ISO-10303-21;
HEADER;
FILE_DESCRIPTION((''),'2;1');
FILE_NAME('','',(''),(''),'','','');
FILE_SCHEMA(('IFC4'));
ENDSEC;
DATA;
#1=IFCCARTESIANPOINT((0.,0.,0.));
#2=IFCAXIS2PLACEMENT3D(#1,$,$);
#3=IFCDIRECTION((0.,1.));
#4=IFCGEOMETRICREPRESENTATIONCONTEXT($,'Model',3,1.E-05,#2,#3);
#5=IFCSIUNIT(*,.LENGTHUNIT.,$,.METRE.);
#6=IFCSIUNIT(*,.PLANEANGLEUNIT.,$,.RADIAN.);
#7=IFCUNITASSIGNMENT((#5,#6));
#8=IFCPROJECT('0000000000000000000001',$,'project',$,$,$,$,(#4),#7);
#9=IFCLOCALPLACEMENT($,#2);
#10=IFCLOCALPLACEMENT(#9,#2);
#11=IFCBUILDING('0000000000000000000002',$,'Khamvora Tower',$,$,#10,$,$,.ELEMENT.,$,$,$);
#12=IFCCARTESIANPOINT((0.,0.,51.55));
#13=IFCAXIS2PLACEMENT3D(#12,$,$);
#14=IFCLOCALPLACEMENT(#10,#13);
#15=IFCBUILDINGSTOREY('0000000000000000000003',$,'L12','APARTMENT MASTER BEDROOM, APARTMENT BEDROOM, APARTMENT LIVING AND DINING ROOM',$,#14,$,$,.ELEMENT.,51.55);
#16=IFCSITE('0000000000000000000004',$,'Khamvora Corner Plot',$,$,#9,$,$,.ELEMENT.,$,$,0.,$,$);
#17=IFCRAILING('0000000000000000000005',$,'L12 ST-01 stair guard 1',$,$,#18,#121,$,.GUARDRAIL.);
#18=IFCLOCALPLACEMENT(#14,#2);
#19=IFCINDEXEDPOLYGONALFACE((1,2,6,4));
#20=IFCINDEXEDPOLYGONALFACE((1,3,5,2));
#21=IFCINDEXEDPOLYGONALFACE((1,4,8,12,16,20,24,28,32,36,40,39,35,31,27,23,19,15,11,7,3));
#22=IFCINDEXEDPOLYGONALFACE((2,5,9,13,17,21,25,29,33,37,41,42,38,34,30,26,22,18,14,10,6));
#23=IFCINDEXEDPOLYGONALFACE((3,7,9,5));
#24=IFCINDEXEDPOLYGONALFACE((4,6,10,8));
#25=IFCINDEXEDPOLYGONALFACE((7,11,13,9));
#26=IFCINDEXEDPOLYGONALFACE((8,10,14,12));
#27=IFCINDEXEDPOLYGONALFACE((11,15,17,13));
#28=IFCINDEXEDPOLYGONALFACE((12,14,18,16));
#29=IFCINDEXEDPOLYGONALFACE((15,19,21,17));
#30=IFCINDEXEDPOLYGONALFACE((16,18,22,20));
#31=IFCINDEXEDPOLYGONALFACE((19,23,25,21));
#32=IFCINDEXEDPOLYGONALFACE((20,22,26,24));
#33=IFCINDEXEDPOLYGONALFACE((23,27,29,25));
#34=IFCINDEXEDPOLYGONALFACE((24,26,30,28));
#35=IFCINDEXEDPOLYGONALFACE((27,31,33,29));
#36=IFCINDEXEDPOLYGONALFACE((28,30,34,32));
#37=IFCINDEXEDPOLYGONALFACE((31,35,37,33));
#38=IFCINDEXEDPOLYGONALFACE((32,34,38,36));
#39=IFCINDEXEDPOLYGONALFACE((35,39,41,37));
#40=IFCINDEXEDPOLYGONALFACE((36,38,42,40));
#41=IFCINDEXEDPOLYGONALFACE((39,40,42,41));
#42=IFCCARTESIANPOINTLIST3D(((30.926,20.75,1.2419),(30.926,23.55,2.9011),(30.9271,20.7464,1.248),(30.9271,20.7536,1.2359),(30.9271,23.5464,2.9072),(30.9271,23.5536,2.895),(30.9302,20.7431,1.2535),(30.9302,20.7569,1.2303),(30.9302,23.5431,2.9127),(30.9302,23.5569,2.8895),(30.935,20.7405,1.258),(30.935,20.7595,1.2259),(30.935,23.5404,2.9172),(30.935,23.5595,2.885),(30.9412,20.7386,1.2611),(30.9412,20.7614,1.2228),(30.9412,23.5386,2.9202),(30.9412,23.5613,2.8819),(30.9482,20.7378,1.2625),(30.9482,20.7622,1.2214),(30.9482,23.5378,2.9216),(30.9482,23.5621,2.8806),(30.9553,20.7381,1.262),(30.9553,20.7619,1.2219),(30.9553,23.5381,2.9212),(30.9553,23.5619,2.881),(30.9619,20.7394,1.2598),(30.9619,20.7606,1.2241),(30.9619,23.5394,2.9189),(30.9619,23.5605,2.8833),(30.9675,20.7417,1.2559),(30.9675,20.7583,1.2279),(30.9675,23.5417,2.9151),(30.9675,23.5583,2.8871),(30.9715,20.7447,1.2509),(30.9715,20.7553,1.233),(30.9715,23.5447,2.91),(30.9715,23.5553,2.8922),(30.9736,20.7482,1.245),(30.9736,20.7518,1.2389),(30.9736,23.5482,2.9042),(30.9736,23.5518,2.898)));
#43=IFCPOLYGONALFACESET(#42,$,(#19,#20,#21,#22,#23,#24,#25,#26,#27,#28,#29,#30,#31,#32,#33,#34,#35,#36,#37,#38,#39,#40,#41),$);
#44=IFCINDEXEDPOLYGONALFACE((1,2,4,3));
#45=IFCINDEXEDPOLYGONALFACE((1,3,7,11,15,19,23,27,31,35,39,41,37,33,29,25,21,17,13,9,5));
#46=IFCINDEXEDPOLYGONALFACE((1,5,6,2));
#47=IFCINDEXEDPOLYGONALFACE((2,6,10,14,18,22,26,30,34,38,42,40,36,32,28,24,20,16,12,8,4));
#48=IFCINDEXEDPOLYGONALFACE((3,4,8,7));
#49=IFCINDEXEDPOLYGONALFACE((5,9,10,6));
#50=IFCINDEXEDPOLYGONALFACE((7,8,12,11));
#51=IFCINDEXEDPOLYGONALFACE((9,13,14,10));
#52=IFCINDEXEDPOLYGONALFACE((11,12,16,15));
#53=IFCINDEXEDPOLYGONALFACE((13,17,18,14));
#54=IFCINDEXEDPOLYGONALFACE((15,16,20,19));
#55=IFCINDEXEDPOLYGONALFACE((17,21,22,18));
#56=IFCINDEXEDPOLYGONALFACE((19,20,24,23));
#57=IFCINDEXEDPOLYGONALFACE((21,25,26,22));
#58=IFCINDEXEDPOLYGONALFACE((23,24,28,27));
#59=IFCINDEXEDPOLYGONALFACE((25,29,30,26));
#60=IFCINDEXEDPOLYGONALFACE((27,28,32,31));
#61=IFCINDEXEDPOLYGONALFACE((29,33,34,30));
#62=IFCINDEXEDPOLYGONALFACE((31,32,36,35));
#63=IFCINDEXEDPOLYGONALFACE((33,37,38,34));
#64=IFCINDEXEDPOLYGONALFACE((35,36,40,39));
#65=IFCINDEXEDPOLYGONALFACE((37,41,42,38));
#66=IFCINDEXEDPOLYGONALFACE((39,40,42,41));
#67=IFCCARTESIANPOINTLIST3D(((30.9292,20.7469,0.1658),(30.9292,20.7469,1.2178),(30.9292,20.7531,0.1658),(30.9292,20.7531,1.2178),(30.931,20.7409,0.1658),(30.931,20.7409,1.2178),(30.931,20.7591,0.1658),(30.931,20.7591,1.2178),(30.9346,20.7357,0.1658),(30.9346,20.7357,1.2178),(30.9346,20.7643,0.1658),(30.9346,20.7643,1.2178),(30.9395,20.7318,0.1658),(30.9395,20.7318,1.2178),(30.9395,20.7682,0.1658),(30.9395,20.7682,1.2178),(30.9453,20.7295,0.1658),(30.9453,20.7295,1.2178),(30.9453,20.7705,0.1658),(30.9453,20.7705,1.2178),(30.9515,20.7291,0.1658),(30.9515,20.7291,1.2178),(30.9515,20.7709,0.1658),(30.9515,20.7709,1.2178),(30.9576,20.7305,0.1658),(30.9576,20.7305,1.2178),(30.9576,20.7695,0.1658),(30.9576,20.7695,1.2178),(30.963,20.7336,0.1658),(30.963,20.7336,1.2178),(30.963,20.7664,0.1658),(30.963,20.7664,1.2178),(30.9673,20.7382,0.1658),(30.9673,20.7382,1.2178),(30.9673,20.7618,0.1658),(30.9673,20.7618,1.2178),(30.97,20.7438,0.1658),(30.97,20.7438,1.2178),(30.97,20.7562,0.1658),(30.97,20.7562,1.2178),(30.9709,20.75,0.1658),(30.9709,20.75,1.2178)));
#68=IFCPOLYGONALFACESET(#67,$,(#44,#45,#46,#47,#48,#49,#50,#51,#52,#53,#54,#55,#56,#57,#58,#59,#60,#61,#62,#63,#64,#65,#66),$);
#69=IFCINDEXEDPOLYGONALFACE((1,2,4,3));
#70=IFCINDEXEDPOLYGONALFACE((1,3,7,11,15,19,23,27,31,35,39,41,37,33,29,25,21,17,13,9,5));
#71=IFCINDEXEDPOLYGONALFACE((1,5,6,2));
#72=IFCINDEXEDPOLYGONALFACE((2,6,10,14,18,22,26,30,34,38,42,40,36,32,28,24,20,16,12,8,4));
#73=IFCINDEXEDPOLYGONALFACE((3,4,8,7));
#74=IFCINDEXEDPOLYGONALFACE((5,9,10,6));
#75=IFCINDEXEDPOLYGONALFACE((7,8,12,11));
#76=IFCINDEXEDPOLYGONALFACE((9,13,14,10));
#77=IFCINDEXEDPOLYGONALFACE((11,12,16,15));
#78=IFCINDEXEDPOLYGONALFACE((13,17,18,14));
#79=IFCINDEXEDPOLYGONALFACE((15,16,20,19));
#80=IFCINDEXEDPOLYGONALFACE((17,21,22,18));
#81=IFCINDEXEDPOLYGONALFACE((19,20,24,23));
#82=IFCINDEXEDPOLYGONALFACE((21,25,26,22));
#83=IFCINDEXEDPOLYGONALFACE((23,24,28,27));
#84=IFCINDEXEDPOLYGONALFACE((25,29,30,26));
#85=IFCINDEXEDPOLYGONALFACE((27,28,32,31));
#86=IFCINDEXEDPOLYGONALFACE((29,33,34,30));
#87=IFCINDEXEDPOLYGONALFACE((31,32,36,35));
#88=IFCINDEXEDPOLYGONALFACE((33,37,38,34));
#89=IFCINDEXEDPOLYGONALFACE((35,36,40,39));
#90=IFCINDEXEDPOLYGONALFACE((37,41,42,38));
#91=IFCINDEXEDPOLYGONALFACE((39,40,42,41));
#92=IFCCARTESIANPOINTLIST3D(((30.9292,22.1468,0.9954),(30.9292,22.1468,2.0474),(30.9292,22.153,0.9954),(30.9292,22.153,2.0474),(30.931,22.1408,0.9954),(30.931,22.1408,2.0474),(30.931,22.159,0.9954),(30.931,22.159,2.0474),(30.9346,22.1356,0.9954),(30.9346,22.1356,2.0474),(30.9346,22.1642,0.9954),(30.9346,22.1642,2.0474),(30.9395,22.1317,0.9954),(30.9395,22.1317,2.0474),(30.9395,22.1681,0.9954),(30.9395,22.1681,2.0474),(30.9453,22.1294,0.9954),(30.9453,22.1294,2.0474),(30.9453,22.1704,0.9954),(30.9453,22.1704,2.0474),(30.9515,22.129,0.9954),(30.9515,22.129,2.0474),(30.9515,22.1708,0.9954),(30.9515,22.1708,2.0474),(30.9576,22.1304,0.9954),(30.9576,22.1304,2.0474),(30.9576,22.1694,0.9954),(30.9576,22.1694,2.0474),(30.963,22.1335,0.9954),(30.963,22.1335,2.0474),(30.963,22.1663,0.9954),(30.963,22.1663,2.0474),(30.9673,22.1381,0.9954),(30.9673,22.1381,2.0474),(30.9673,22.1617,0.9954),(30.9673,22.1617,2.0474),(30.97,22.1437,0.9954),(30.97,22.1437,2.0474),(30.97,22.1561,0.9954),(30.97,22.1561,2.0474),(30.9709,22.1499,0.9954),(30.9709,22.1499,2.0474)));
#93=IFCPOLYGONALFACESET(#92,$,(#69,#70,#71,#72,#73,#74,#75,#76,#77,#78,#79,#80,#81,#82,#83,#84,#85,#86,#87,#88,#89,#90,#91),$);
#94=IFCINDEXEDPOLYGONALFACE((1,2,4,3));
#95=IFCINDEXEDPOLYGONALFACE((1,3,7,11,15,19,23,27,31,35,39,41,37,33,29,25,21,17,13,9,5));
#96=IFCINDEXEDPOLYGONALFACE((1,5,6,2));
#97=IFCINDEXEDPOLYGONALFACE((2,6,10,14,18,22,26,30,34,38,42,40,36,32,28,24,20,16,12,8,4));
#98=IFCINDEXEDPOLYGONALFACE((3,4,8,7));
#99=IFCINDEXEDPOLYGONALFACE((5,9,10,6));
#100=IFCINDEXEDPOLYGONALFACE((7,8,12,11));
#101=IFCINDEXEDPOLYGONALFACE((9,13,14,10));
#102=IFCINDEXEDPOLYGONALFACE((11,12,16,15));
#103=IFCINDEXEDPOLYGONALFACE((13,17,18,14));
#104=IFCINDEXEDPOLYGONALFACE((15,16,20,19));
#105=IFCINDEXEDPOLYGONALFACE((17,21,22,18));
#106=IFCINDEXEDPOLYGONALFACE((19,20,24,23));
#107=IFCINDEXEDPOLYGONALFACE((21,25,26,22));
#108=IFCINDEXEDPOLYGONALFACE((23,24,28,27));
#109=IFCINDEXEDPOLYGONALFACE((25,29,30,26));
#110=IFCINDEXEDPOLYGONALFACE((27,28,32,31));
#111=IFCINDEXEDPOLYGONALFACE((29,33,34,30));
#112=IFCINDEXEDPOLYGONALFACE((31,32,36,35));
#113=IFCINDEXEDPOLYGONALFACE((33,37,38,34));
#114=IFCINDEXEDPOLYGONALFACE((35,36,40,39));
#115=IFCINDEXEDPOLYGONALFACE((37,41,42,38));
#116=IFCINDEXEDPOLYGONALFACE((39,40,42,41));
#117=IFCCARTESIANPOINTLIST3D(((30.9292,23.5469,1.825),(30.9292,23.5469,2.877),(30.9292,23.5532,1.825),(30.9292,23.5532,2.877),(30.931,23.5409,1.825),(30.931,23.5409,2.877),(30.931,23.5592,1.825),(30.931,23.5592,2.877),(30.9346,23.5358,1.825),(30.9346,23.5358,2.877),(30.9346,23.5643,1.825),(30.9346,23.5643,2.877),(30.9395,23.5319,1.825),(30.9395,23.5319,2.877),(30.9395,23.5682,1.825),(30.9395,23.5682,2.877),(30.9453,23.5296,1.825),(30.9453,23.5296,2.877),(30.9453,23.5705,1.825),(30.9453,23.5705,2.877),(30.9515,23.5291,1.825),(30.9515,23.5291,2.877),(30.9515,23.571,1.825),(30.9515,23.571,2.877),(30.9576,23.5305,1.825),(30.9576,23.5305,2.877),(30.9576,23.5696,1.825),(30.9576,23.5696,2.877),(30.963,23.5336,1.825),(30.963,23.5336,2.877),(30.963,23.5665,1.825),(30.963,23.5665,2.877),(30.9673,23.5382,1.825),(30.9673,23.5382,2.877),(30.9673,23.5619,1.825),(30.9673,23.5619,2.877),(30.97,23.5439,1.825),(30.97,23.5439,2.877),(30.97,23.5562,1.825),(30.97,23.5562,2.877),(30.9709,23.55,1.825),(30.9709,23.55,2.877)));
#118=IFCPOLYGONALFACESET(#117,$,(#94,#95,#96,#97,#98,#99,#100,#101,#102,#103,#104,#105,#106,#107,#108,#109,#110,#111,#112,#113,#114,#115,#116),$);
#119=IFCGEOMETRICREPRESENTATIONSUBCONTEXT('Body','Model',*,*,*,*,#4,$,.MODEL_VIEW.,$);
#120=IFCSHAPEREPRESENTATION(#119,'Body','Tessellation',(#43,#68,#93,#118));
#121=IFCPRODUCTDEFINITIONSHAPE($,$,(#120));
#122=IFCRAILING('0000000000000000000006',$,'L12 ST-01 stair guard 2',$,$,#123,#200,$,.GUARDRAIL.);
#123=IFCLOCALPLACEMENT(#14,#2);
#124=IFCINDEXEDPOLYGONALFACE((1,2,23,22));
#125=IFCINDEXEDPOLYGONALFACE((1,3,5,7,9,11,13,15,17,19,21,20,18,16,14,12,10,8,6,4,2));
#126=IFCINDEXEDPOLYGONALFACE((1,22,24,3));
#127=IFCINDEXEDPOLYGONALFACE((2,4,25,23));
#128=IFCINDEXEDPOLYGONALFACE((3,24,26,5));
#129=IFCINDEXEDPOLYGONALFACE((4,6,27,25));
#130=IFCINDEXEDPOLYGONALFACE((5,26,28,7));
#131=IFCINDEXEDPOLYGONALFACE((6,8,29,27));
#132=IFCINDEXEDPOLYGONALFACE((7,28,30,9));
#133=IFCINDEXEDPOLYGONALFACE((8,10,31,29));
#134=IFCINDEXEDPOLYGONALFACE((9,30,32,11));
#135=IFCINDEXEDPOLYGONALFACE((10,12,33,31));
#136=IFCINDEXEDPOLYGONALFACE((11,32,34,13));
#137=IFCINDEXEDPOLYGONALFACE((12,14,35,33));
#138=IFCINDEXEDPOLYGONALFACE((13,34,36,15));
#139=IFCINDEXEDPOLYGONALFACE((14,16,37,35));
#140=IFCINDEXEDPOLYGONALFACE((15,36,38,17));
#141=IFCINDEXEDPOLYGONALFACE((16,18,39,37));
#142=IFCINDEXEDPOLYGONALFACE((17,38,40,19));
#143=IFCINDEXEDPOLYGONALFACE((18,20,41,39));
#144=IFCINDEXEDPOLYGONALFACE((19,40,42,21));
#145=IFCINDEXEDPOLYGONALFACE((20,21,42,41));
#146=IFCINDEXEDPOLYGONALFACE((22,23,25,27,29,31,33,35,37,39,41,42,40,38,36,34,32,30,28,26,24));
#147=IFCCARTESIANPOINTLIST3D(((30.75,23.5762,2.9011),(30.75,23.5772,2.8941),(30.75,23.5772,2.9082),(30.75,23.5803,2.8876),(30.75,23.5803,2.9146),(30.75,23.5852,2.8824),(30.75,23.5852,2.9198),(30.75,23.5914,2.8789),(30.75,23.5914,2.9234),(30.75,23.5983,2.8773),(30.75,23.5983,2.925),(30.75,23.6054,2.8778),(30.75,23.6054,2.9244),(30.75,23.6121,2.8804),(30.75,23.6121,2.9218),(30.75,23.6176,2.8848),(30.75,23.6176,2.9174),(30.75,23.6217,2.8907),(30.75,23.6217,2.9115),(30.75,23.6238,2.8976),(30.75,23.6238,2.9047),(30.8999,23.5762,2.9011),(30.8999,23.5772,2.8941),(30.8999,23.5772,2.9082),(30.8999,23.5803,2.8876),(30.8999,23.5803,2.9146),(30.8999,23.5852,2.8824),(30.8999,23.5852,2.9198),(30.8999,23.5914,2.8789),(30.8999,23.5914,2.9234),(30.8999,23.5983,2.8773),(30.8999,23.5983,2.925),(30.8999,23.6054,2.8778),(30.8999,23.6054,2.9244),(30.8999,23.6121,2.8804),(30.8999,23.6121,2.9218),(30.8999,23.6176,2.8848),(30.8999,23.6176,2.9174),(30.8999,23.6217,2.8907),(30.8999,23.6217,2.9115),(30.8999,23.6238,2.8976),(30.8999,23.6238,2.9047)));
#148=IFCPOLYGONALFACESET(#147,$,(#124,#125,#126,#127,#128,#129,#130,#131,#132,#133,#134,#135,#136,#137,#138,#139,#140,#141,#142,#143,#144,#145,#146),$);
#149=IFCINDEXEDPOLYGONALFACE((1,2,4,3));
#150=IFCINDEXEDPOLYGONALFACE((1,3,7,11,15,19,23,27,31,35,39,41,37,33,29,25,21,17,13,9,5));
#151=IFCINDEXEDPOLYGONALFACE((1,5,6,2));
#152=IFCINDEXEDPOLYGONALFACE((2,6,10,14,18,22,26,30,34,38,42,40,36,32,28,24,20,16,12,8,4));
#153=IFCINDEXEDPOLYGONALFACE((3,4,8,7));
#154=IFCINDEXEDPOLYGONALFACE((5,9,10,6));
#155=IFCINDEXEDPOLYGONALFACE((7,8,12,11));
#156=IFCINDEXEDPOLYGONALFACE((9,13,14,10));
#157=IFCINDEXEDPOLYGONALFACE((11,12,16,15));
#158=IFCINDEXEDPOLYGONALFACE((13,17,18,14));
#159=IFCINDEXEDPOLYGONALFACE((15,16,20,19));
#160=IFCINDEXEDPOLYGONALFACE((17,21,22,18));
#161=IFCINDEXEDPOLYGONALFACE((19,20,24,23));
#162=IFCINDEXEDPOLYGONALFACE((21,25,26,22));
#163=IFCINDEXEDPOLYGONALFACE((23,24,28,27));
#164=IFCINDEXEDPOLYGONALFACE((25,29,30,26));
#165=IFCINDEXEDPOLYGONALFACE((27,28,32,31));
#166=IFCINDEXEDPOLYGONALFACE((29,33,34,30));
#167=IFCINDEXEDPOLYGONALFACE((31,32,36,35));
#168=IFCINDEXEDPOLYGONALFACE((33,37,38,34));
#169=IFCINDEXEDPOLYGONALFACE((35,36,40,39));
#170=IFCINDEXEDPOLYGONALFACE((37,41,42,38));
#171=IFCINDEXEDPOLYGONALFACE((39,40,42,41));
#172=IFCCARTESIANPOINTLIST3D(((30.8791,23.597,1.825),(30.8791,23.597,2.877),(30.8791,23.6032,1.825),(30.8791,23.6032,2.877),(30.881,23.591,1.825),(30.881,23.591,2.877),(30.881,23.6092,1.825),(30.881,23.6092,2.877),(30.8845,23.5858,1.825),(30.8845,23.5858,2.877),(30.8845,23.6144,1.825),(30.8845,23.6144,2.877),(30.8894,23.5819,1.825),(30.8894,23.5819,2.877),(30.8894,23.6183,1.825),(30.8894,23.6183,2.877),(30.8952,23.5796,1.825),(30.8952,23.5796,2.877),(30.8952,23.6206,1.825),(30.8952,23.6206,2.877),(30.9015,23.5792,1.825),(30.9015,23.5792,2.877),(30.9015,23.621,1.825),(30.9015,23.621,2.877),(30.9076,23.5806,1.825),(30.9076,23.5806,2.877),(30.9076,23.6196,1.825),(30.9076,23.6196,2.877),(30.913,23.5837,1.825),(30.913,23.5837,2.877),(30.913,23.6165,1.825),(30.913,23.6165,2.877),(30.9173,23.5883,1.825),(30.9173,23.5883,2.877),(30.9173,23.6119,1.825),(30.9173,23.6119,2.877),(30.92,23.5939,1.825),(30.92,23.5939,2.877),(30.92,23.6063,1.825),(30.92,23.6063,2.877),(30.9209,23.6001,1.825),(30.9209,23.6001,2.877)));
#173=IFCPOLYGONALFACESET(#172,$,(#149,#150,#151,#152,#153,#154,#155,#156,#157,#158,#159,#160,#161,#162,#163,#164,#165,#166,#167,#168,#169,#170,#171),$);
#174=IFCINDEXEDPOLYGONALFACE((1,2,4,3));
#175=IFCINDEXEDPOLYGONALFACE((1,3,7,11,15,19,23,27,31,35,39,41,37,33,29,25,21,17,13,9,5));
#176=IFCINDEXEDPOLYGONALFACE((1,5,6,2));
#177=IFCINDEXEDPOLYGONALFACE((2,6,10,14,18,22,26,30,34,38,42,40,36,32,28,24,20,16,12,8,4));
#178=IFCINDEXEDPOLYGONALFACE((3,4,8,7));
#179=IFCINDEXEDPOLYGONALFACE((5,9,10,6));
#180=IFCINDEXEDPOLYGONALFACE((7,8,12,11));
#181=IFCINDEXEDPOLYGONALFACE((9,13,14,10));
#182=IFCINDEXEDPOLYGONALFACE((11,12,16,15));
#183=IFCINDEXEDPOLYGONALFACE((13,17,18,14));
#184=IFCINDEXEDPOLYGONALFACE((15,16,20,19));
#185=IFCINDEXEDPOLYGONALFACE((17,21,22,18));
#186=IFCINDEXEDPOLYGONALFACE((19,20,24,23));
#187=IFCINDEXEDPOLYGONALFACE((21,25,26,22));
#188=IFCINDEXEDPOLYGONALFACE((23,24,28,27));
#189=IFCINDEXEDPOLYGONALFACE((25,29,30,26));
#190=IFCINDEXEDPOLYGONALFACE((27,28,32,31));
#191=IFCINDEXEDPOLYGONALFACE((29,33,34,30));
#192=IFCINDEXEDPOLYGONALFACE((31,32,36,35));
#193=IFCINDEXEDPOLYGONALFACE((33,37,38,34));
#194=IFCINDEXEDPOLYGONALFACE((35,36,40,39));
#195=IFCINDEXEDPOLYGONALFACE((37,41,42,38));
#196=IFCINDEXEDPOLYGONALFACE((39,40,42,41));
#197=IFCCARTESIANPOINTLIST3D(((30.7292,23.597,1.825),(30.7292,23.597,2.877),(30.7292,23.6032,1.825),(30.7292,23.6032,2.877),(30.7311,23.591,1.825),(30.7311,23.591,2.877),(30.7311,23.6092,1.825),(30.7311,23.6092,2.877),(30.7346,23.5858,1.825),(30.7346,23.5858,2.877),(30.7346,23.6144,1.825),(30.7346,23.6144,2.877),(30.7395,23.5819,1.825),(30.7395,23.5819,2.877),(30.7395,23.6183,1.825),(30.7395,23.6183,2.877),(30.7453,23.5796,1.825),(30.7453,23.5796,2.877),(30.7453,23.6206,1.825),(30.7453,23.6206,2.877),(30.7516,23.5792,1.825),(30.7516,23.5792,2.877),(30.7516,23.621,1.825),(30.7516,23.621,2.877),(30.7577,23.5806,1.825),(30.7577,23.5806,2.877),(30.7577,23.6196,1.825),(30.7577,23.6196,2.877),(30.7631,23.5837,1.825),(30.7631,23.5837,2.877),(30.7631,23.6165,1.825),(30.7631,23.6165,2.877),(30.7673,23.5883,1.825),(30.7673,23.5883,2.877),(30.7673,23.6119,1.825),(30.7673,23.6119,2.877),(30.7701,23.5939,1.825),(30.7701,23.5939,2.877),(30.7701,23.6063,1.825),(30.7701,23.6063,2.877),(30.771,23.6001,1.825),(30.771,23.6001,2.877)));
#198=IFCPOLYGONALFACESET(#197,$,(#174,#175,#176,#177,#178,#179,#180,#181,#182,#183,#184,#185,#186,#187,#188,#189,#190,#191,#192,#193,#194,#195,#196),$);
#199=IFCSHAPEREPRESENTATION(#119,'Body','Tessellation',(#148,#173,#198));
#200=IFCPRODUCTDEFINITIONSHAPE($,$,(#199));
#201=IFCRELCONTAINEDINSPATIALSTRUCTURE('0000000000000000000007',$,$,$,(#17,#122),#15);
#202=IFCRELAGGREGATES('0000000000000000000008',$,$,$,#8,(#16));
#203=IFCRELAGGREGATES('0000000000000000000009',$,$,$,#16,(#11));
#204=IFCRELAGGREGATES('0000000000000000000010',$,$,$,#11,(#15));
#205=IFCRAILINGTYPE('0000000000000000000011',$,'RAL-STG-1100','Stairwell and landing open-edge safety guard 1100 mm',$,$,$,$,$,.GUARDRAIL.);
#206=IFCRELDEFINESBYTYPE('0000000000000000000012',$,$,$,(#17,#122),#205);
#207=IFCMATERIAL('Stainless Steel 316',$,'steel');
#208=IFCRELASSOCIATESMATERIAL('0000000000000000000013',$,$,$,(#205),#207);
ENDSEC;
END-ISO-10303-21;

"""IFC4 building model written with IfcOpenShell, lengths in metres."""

from ifc_helpers import new_model, si_unit, direction, frame, origin, origin_2d, place, context, subcontext, project, spatial, circle, extrude, material, type_object, element, save


model = new_model("IFC4")

# Units and contexts
model_context = context("Model", 3, precision=1e-05, world=origin(), true_north=direction((0.0, 1.0)))
body_context = subcontext(model_context, "Body", "Model", "MODEL_VIEW")
ifc_project = project(units=[si_unit("LENGTHUNIT", "METRE"), si_unit("PLANEANGLEUNIT", "RADIAN")], contexts=[model_context])

# Site, building, storey
site_placement = place(None, origin())
site = spatial("IfcSite", under=ifc_project, at=site_placement, Name="Khamvora Corner Plot", CompositionType="ELEMENT", RefElevation=0.0)
building_placement = place(site_placement, origin())
building = spatial("IfcBuilding", under=site, at=building_placement, Name="Khamvora Tower", CompositionType="ELEMENT")
storey_placement = place(building_placement, frame((0.0, 0.0, 51.55)))
storey = spatial("IfcBuildingStorey", under=building, at=storey_placement, Name="L12", Description="APARTMENT MASTER BEDROOM, APARTMENT BEDROOM, APARTMENT LIVING AND DINING ROOM", CompositionType="ELEMENT", Elevation=51.55)

# Railings
ifc_material_1 = material(Name="Stainless Steel 316", Category="steel")
railing_type_1 = type_object("IfcRailingType", Name="RAL-STG-1100", Description="Stairwell and landing open-edge safety guard 1100 mm", PredefinedType="GUARDRAIL", material=ifc_material_1)
railing_1_placement = place(storey_placement, frame((30.95, 20.75, 0.1658)))
element("IfcRailing", 1, at=railing_1_placement, inside=storey, type_object=railing_type_1, Name="L12 ST-01 stair guard 1", PredefinedType="GUARDRAIL", context=body_context, shape_type="SweptSolid", body=[
    extrude(circle(Radius=0.0239, at=origin_2d()), frame((0.0, 0.0, 1.0762), z_axis=(0.0, 0.860306, 0.509778), x_axis=(-1.0, 0.0, 0.0)), (0.0, 0.0, 1.0), 3.2546),
    extrude(circle(Radius=0.021, at=origin_2d()), origin(), (0.0, 0.0, 1.0), 1.052),
    extrude(circle(Radius=0.021, at=origin_2d()), frame((0.0, 1.3999, 0.8296)), (0.0, 0.0, 1.0), 1.052),
    extrude(circle(Radius=0.021, at=origin_2d()), frame((0.0, 2.8, 1.6592)), (0.0, 0.0, 1.0), 1.052),
])
railing_2_placement = place(storey_placement, frame((30.8999, 23.6001, 1.825)))
element("IfcRailing", 2, at=railing_2_placement, inside=storey, type_object=railing_type_1, Name="L12 ST-01 stair guard 2", PredefinedType="GUARDRAIL", context=body_context, shape_type="SweptSolid", body=[
    extrude(circle(Radius=0.0239, at=origin_2d()), frame((0.0, 0.0, 1.0762), z_axis=(-1.0, 0.0, 0.0), x_axis=(0.0, -1.0, 0.0)), (0.0, 0.0, 1.0), 0.1499),
    extrude(circle(Radius=0.021, at=origin_2d()), origin(), (0.0, 0.0, 1.0), 1.052),
    extrude(circle(Radius=0.021, at=origin_2d()), frame((-0.1499, 0.0, 0.0)), (0.0, 0.0, 1.0), 1.052),
])

save(model, "model.ifc")
